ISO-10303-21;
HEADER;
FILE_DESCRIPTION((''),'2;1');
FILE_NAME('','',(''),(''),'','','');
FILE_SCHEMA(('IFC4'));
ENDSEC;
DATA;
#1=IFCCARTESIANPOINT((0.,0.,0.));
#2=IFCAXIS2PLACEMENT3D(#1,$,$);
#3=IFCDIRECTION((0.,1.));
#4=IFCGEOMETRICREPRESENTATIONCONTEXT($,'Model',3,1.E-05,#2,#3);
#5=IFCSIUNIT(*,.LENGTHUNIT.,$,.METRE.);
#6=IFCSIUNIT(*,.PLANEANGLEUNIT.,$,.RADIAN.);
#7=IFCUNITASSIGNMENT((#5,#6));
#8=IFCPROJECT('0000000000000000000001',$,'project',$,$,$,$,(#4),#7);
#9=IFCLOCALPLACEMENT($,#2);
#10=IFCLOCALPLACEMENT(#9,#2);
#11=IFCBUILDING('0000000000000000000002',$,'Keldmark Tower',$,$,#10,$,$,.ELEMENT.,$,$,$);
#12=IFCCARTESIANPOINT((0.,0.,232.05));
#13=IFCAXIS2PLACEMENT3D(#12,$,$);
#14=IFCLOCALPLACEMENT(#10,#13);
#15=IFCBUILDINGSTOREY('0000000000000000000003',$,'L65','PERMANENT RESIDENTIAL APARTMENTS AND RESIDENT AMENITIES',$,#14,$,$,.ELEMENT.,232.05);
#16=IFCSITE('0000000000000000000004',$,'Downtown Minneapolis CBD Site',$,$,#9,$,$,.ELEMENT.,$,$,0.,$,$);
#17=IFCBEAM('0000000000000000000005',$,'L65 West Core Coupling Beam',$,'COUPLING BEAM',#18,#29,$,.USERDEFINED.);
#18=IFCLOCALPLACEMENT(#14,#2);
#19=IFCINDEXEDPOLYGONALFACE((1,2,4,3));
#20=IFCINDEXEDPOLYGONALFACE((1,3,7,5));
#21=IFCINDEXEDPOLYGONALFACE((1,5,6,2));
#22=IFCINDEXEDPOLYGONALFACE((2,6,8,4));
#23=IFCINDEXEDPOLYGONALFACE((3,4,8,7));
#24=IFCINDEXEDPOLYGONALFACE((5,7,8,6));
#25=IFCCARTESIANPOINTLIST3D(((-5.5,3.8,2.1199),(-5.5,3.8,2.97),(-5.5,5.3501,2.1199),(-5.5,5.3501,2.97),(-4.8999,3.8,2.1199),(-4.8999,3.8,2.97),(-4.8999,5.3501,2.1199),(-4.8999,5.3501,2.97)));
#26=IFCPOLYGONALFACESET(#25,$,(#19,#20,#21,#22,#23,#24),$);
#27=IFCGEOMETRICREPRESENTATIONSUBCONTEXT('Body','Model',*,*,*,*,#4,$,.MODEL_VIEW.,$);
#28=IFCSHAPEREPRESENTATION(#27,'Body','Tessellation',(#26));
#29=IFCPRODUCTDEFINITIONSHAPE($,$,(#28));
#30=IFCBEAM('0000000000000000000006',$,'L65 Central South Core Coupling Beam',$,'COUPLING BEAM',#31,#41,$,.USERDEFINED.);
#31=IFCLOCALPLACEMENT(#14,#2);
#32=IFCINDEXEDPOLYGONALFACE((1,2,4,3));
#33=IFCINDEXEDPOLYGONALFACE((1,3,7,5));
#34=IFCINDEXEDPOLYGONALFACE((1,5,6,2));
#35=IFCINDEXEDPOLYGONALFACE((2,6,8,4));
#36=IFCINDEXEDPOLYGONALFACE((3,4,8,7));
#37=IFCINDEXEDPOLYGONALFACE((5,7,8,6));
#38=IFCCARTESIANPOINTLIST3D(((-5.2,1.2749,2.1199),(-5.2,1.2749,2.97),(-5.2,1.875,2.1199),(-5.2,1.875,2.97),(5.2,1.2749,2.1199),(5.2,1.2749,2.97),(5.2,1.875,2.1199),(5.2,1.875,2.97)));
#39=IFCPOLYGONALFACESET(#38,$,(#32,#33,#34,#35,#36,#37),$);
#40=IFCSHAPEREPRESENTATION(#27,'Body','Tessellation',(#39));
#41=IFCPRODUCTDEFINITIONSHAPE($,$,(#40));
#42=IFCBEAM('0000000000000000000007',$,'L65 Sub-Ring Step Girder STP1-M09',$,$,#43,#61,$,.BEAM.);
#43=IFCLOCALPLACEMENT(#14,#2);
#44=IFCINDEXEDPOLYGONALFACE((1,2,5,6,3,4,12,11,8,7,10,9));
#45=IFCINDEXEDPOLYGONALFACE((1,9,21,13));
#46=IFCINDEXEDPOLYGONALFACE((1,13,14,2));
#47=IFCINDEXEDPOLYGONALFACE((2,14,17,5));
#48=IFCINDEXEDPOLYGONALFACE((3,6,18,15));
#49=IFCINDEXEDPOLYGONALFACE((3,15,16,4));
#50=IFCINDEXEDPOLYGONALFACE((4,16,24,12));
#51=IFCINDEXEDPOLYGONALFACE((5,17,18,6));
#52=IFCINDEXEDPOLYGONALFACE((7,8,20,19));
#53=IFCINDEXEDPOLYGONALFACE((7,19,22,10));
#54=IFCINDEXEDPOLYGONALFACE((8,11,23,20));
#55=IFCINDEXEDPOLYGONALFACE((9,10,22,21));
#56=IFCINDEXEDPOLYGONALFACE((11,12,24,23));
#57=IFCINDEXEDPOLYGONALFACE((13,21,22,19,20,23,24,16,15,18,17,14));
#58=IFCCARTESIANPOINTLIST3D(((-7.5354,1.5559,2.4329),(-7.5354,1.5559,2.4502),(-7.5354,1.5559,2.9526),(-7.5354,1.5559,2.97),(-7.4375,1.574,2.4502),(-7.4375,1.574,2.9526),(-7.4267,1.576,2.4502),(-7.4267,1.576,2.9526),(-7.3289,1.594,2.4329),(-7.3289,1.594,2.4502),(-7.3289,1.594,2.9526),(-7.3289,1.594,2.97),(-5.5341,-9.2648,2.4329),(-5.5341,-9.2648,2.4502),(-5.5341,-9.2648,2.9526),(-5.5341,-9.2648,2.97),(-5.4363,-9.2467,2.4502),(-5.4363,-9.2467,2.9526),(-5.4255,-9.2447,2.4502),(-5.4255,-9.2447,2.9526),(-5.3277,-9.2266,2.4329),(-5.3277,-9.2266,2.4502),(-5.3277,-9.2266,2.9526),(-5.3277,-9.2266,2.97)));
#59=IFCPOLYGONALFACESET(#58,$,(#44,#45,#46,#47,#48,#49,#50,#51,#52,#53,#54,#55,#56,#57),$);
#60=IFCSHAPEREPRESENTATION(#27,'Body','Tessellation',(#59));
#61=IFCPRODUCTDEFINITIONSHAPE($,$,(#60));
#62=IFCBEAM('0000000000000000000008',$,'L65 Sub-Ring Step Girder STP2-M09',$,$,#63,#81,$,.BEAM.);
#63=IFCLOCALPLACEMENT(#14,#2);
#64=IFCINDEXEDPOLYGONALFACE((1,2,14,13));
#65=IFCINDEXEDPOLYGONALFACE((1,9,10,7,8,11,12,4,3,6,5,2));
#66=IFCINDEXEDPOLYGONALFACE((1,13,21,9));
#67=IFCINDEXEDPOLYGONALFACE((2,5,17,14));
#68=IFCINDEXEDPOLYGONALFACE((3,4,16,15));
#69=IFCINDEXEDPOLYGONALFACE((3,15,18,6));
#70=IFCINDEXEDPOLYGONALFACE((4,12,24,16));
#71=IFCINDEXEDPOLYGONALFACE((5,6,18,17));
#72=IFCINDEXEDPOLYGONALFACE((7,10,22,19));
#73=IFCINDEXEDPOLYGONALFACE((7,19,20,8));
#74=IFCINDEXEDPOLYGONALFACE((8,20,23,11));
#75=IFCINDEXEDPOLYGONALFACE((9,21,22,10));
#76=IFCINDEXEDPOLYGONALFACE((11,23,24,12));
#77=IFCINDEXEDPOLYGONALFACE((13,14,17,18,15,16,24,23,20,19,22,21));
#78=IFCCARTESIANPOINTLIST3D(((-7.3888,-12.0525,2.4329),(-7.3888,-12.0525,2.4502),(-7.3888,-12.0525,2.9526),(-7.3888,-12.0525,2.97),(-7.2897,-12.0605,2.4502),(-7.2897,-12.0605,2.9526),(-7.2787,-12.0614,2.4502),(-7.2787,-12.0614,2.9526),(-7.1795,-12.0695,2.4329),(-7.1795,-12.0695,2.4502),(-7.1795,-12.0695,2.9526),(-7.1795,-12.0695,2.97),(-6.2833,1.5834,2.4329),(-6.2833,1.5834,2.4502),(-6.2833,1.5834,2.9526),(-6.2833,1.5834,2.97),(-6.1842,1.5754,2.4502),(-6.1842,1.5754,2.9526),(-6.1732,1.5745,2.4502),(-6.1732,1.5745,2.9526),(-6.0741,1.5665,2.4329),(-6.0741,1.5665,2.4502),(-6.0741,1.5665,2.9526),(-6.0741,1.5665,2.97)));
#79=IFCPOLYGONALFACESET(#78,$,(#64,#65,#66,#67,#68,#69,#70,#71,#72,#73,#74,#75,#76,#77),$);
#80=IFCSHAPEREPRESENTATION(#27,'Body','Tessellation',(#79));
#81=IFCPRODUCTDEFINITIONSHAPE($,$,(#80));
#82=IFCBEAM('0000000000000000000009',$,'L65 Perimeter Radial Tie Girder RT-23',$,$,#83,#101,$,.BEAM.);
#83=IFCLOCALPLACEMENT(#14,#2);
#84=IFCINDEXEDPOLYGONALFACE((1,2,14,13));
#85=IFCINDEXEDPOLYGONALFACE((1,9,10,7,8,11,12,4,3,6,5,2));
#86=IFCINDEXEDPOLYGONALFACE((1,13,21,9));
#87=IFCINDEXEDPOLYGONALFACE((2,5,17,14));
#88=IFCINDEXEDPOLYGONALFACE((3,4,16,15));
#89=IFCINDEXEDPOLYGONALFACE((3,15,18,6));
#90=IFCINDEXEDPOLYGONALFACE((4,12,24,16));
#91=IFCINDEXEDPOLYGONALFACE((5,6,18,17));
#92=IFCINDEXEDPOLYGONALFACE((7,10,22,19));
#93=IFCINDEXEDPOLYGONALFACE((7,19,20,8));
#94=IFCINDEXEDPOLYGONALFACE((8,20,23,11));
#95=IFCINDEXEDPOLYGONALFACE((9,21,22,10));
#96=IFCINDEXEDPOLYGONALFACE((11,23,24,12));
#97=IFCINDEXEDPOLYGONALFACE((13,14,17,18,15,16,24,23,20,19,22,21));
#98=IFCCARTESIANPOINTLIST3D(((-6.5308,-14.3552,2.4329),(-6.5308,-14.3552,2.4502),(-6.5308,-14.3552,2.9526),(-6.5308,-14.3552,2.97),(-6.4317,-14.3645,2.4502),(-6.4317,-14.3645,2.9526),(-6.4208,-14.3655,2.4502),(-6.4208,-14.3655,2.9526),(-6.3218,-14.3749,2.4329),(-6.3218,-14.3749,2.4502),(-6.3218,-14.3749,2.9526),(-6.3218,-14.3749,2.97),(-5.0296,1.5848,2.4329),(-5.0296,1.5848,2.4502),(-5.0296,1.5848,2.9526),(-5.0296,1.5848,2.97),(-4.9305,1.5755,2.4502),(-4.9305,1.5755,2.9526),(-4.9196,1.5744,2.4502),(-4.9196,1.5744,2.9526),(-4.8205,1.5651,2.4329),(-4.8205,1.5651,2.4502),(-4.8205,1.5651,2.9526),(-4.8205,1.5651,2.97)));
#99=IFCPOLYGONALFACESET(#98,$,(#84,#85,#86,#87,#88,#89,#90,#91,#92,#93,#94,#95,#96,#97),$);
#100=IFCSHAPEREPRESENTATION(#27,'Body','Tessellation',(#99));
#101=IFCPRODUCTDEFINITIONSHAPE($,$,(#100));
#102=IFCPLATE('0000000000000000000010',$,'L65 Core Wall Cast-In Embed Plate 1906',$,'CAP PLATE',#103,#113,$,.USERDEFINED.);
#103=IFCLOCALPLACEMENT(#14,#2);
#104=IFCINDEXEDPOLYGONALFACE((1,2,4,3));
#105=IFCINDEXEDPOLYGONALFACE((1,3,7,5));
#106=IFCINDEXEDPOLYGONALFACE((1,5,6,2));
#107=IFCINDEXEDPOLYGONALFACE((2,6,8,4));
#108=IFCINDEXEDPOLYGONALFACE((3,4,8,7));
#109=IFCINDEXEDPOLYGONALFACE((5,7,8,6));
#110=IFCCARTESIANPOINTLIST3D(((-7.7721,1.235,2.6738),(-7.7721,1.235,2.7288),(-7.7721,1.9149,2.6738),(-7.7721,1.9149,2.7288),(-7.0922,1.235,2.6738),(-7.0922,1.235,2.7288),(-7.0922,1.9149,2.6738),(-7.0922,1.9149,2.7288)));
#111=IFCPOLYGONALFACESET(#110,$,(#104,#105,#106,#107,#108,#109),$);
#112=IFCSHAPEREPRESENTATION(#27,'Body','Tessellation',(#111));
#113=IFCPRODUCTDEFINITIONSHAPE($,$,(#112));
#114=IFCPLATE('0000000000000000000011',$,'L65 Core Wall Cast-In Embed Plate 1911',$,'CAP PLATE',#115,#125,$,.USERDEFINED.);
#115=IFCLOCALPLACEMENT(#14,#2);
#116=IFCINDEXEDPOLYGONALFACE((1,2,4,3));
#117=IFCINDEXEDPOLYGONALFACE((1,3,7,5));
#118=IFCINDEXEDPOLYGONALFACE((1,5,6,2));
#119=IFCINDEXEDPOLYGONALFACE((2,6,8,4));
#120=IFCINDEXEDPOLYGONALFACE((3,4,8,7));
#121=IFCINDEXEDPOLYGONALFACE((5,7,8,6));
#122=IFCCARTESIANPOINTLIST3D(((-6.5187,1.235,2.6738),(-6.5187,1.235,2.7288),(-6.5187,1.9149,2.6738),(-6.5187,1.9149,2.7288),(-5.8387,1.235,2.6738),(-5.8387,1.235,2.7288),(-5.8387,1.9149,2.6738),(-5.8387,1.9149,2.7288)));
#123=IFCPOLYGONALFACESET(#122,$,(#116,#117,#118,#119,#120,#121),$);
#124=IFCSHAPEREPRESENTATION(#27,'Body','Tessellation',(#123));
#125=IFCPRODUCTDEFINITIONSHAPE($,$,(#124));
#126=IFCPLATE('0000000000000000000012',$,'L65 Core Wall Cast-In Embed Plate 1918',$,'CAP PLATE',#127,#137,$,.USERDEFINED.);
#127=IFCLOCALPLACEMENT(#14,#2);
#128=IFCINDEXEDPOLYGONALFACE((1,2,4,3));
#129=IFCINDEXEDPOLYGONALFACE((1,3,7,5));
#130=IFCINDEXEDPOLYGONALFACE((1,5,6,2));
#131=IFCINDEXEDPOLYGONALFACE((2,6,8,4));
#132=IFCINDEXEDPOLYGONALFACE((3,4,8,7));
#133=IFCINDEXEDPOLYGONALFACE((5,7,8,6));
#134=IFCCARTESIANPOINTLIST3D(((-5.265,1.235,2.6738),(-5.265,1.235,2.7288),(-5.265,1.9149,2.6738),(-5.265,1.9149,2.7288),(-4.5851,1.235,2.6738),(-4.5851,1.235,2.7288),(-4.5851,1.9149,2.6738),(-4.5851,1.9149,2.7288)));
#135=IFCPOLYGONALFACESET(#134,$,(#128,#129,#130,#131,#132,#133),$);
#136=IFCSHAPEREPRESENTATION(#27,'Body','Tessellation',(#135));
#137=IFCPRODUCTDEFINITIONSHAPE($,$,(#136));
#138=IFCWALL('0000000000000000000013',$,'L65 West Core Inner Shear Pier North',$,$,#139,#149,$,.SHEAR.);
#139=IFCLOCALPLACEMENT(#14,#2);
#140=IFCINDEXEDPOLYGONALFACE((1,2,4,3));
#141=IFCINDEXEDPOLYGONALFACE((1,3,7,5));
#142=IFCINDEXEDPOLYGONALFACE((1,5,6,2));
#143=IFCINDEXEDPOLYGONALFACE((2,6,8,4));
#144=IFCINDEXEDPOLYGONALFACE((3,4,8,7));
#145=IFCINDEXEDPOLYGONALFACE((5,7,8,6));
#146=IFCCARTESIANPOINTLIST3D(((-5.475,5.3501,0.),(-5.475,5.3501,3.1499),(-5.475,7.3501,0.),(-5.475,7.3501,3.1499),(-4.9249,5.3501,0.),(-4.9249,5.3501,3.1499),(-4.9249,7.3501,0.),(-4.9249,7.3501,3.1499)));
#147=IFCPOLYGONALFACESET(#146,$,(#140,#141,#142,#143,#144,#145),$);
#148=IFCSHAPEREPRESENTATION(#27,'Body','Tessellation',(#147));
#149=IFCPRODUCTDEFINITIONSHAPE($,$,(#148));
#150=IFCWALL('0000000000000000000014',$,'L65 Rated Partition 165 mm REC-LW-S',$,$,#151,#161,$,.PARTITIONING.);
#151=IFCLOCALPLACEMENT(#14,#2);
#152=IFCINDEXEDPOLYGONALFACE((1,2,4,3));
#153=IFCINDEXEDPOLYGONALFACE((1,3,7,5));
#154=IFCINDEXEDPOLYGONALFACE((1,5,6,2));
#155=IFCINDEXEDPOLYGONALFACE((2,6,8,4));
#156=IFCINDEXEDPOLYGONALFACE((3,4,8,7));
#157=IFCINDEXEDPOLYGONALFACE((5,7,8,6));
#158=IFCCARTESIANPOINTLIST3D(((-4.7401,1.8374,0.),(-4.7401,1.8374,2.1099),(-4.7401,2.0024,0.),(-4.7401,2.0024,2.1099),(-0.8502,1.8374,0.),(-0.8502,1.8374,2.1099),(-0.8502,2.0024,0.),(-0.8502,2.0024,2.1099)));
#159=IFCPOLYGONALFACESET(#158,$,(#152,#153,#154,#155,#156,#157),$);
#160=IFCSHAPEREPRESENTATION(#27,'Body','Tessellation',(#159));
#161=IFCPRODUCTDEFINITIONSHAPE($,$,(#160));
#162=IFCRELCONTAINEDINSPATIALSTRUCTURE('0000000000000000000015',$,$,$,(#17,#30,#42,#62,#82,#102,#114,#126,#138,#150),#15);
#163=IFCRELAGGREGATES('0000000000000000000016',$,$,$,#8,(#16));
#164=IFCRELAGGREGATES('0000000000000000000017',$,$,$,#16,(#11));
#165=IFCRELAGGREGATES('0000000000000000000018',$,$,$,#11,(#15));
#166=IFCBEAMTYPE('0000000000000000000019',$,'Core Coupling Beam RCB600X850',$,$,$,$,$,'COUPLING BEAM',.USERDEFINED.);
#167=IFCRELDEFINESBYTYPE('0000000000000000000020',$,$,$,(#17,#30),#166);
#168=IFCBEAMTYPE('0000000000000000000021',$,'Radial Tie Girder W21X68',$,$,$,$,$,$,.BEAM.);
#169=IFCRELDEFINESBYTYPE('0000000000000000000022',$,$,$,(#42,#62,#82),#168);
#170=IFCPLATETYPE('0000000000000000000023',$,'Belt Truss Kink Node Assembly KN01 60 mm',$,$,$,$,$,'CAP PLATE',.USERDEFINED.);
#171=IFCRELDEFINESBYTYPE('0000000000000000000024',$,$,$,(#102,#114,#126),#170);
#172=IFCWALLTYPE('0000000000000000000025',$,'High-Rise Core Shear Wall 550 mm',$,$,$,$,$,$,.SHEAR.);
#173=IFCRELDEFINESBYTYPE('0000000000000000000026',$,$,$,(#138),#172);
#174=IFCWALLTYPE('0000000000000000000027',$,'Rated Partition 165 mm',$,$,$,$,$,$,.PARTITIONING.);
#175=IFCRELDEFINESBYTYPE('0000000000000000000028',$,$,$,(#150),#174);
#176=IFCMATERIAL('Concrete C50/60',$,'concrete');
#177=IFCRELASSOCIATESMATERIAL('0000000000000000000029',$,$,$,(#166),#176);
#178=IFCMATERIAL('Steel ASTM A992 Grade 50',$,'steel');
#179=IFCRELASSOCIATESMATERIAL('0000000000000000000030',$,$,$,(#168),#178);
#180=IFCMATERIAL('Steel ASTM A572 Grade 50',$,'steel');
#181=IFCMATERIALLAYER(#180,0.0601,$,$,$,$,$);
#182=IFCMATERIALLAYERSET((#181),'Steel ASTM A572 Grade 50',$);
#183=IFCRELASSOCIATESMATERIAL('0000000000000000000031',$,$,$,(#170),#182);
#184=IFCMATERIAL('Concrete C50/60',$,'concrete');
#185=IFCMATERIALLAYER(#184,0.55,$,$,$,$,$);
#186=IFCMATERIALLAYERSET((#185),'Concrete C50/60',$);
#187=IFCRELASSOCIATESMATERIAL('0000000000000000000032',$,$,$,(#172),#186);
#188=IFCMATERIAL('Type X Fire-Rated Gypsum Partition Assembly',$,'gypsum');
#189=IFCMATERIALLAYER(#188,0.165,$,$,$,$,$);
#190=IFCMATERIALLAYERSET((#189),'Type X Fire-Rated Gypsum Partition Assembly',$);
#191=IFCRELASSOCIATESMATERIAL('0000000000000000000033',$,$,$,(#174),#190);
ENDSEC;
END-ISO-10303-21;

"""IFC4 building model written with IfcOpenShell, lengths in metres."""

from ifc_helpers import new_model, si_unit, direction, frame, frame_2d, origin, origin_2d, place, context, subcontext, project, spatial, rectangle, i_section, extrude, material, layer, layer_set, material_profile, profile_set, type_object, element, save


model = new_model("IFC4")

# Units and contexts
model_context = context("Model", 3, precision=1e-05, world=origin(), true_north=direction((0.0, 1.0)))
body_context = subcontext(model_context, "Body", "Model", "MODEL_VIEW")
ifc_project = project(units=[si_unit("LENGTHUNIT", "METRE"), si_unit("PLANEANGLEUNIT", "RADIAN")], contexts=[model_context])

# Site, building, storey
site_placement = place(None, origin())
site = spatial("IfcSite", under=ifc_project, at=site_placement, Name="Downtown Minneapolis CBD Site", CompositionType="ELEMENT", RefElevation=0.0)
building_placement = place(site_placement, origin())
building = spatial("IfcBuilding", under=site, at=building_placement, Name="Keldmark Tower", CompositionType="ELEMENT")
storey_placement = place(building_placement, frame((0.0, 0.0, 232.05)))
storey = spatial("IfcBuildingStorey", under=building, at=storey_placement, Name="L65", Description="PERMANENT RESIDENTIAL APARTMENTS AND RESIDENT AMENITIES", CompositionType="ELEMENT", Elevation=232.05)

# Beams
ifc_material_1 = material(Name="Concrete C50/60", Category="concrete")
ifc_material_profile_1 = material_profile(ifc_material_1, rectangle(XDim=0.6001, YDim=0.8501, at=origin_2d()), Name="RCB600X850")
ifc_profile_set_1 = profile_set([ifc_material_profile_1], Name="Concrete C50/60")
beam_type_1 = type_object("IfcBeamType", Name="Core Coupling Beam RCB600X850", ElementType="COUPLING BEAM", PredefinedType="USERDEFINED", material=ifc_profile_set_1)
beam_1_placement = place(storey_placement, frame((-5.2, 3.8, 2.5449), z_axis=(0.0, 1.0, 0.0), x_axis=(-1.0, 0.0, 0.0)))
element("IfcBeam", 1, at=beam_1_placement, inside=storey, type_object=beam_type_1, Name="L65 West Core Coupling Beam", ObjectType="COUPLING BEAM", PredefinedType="USERDEFINED", context=body_context, shape_type="SweptSolid", body=[
    extrude(rectangle(XDim=0.6001, YDim=0.8501, at=origin_2d()), origin(), (0.0, 0.0, 1.0), 1.55),
])
beam_2_placement = place(storey_placement, frame((-5.2, 1.575, 2.5449), z_axis=(1.0, 0.0, 0.0), x_axis=(0.0, 1.0, 0.0)))
element("IfcBeam", 2, at=beam_2_placement, inside=storey, type_object=beam_type_1, Name="L65 Central South Core Coupling Beam", ObjectType="COUPLING BEAM", PredefinedType="USERDEFINED", context=body_context, shape_type="SweptSolid", body=[
    extrude(rectangle(XDim=0.6001, YDim=0.8501, at=origin_2d()), origin(), (0.0, 0.0, 1.0), 10.3999),
])
ifc_material_2 = material(Name="Steel ASTM A992 Grade 50", Category="steel")
ifc_material_profile_2 = material_profile(ifc_material_2, i_section(OverallWidth=0.21, OverallDepth=0.5371, WebThickness=0.011, FlangeThickness=0.0173, at=origin_2d()), Name="W21X68")
ifc_profile_set_2 = profile_set([ifc_material_profile_2], Name="Steel ASTM A992 Grade 50")
beam_type_2 = type_object("IfcBeamType", Name="Radial Tie Girder W21X68", PredefinedType="BEAM", material=ifc_profile_set_2)
beam_3_placement = place(storey_placement, frame((-7.4321, 1.575, 2.7014), z_axis=(0.181862, -0.983324, 0.0), x_axis=(0.983324, 0.181862, 0.0)))
element("IfcBeam", 3, at=beam_3_placement, inside=storey, type_object=beam_type_2, Name="L65 Sub-Ring Step Girder STP1-M09", PredefinedType="BEAM", context=body_context, shape_type="SweptSolid", body=[
    extrude(i_section(OverallWidth=0.21, OverallDepth=0.5371, WebThickness=0.011, FlangeThickness=0.0173, at=origin_2d()), origin(), (0.0, 0.0, 1.0), 11.0042),
])
beam_4_placement = place(storey_placement, frame((-6.1787, 1.575, 2.7014), z_axis=(-0.080805, -0.99673, 0.0), x_axis=(0.99673, -0.080805, 0.0)))
element("IfcBeam", 4, at=beam_4_placement, inside=storey, type_object=beam_type_2, Name="L65 Sub-Ring Step Girder STP2-M09", PredefinedType="BEAM", context=body_context, shape_type="SweptSolid", body=[
    extrude(i_section(OverallWidth=0.21, OverallDepth=0.5371, WebThickness=0.011, FlangeThickness=0.0173, at=origin_2d()), origin(), (0.0, 0.0, 1.0), 13.6807),
])
beam_5_placement = place(storey_placement, frame((-4.925, 1.575, 2.7014), z_axis=(-0.093765, -0.995594, 0.0), x_axis=(0.995594, -0.093765, 0.0)))
element("IfcBeam", 5, at=beam_5_placement, inside=storey, type_object=beam_type_2, Name="L65 Perimeter Radial Tie Girder RT-23", PredefinedType="BEAM", context=body_context, shape_type="SweptSolid", body=[
    extrude(i_section(OverallWidth=0.21, OverallDepth=0.5371, WebThickness=0.011, FlangeThickness=0.0173, at=origin_2d()), origin(), (0.0, 0.0, 1.0), 16.0105),
])

# Plates
ifc_material_3 = material(Name="Steel ASTM A572 Grade 50", Category="steel")
ifc_layer_1 = layer(ifc_material_3, 0.0601)
ifc_layer_set_1 = layer_set([ifc_layer_1], Name="Steel ASTM A572 Grade 50")
plate_type = type_object("IfcPlateType", Name="Belt Truss Kink Node Assembly KN01 60 mm", ElementType="CAP PLATE", PredefinedType="USERDEFINED", material=ifc_layer_set_1)
for number, where, z_axis, x_axis, name in (
    (6, (-7.4321, 1.575, 2.6738), (0.0, 0.0, 1.0), (1.0, 0.0, 0.0), "L65 Core Wall Cast-In Embed Plate 1906"),
    (7, (-6.1787, 1.575, 2.6738), (0.0, 0.0, 1.0), (1.0, 0.0, 0.0), "L65 Core Wall Cast-In Embed Plate 1911"),
    (8, (-4.925, 1.575, 2.6738), (0.0, 0.0, 1.0), (1.0, 0.0, 0.0), "L65 Core Wall Cast-In Embed Plate 1918"),
):
    element("IfcPlate", number, at=place(storey_placement, frame(where, z_axis=z_axis, x_axis=x_axis)), inside=storey, type_object=plate_type, Name=name, ObjectType="CAP PLATE", PredefinedType="USERDEFINED", context=body_context, shape_type="SweptSolid", body=[
        extrude(rectangle(XDim=0.6799, YDim=0.6799, at=origin_2d()), origin(), (0.0, 0.0, 1.0), 0.0549),
    ])

# Shared definitions
ifc_material_4 = material(Name="Concrete C50/60", Category="concrete")
ifc_layer_2 = layer(ifc_material_4, 0.55)
ifc_layer_set_2 = layer_set([ifc_layer_2], Name="Concrete C50/60")
wall_type_1 = type_object("IfcWallType", Name="High-Rise Core Shear Wall 550 mm", PredefinedType="SHEAR", material=ifc_layer_set_2)

# Walls
wall_1_placement = place(storey_placement, frame((-5.2, 5.3501, 0.0), z_axis=(0.0, 0.0, 1.0), x_axis=(0.0, 1.0, 0.0)))
element("IfcWall", 9, at=wall_1_placement, inside=storey, type_object=wall_type_1, Name="L65 West Core Inner Shear Pier North", PredefinedType="SHEAR", context=body_context, shape_type="SweptSolid", body=[
    extrude(rectangle(XDim=2.0, YDim=0.55, at=frame_2d((1.0, 0.0))), origin(), (0.0, 0.0, 1.0), 3.1499),
])
ifc_material_5 = material(Name="Type X Fire-Rated Gypsum Partition Assembly", Category="gypsum")
ifc_layer_3 = layer(ifc_material_5, 0.165)
ifc_layer_set_3 = layer_set([ifc_layer_3], Name="Type X Fire-Rated Gypsum Partition Assembly")
wall_type_2 = type_object("IfcWallType", Name="Rated Partition 165 mm", PredefinedType="PARTITIONING", material=ifc_layer_set_3)
wall_2_placement = place(storey_placement, frame((-4.74, 1.9199, 0.0), z_axis=(0.0, 0.0, 1.0), x_axis=(1.0, 0.0, 0.0)))
element("IfcWall", 10, at=wall_2_placement, inside=storey, type_object=wall_type_2, Name="L65 Rated Partition 165 mm REC-LW-S", PredefinedType="PARTITIONING", context=body_context, shape_type="SweptSolid", body=[
    extrude(rectangle(XDim=3.8899, YDim=0.165, at=frame_2d((1.9448, 0.0))), origin(), (0.0, 0.0, 1.0), 2.1099),
])

save(model, "model.ifc")
